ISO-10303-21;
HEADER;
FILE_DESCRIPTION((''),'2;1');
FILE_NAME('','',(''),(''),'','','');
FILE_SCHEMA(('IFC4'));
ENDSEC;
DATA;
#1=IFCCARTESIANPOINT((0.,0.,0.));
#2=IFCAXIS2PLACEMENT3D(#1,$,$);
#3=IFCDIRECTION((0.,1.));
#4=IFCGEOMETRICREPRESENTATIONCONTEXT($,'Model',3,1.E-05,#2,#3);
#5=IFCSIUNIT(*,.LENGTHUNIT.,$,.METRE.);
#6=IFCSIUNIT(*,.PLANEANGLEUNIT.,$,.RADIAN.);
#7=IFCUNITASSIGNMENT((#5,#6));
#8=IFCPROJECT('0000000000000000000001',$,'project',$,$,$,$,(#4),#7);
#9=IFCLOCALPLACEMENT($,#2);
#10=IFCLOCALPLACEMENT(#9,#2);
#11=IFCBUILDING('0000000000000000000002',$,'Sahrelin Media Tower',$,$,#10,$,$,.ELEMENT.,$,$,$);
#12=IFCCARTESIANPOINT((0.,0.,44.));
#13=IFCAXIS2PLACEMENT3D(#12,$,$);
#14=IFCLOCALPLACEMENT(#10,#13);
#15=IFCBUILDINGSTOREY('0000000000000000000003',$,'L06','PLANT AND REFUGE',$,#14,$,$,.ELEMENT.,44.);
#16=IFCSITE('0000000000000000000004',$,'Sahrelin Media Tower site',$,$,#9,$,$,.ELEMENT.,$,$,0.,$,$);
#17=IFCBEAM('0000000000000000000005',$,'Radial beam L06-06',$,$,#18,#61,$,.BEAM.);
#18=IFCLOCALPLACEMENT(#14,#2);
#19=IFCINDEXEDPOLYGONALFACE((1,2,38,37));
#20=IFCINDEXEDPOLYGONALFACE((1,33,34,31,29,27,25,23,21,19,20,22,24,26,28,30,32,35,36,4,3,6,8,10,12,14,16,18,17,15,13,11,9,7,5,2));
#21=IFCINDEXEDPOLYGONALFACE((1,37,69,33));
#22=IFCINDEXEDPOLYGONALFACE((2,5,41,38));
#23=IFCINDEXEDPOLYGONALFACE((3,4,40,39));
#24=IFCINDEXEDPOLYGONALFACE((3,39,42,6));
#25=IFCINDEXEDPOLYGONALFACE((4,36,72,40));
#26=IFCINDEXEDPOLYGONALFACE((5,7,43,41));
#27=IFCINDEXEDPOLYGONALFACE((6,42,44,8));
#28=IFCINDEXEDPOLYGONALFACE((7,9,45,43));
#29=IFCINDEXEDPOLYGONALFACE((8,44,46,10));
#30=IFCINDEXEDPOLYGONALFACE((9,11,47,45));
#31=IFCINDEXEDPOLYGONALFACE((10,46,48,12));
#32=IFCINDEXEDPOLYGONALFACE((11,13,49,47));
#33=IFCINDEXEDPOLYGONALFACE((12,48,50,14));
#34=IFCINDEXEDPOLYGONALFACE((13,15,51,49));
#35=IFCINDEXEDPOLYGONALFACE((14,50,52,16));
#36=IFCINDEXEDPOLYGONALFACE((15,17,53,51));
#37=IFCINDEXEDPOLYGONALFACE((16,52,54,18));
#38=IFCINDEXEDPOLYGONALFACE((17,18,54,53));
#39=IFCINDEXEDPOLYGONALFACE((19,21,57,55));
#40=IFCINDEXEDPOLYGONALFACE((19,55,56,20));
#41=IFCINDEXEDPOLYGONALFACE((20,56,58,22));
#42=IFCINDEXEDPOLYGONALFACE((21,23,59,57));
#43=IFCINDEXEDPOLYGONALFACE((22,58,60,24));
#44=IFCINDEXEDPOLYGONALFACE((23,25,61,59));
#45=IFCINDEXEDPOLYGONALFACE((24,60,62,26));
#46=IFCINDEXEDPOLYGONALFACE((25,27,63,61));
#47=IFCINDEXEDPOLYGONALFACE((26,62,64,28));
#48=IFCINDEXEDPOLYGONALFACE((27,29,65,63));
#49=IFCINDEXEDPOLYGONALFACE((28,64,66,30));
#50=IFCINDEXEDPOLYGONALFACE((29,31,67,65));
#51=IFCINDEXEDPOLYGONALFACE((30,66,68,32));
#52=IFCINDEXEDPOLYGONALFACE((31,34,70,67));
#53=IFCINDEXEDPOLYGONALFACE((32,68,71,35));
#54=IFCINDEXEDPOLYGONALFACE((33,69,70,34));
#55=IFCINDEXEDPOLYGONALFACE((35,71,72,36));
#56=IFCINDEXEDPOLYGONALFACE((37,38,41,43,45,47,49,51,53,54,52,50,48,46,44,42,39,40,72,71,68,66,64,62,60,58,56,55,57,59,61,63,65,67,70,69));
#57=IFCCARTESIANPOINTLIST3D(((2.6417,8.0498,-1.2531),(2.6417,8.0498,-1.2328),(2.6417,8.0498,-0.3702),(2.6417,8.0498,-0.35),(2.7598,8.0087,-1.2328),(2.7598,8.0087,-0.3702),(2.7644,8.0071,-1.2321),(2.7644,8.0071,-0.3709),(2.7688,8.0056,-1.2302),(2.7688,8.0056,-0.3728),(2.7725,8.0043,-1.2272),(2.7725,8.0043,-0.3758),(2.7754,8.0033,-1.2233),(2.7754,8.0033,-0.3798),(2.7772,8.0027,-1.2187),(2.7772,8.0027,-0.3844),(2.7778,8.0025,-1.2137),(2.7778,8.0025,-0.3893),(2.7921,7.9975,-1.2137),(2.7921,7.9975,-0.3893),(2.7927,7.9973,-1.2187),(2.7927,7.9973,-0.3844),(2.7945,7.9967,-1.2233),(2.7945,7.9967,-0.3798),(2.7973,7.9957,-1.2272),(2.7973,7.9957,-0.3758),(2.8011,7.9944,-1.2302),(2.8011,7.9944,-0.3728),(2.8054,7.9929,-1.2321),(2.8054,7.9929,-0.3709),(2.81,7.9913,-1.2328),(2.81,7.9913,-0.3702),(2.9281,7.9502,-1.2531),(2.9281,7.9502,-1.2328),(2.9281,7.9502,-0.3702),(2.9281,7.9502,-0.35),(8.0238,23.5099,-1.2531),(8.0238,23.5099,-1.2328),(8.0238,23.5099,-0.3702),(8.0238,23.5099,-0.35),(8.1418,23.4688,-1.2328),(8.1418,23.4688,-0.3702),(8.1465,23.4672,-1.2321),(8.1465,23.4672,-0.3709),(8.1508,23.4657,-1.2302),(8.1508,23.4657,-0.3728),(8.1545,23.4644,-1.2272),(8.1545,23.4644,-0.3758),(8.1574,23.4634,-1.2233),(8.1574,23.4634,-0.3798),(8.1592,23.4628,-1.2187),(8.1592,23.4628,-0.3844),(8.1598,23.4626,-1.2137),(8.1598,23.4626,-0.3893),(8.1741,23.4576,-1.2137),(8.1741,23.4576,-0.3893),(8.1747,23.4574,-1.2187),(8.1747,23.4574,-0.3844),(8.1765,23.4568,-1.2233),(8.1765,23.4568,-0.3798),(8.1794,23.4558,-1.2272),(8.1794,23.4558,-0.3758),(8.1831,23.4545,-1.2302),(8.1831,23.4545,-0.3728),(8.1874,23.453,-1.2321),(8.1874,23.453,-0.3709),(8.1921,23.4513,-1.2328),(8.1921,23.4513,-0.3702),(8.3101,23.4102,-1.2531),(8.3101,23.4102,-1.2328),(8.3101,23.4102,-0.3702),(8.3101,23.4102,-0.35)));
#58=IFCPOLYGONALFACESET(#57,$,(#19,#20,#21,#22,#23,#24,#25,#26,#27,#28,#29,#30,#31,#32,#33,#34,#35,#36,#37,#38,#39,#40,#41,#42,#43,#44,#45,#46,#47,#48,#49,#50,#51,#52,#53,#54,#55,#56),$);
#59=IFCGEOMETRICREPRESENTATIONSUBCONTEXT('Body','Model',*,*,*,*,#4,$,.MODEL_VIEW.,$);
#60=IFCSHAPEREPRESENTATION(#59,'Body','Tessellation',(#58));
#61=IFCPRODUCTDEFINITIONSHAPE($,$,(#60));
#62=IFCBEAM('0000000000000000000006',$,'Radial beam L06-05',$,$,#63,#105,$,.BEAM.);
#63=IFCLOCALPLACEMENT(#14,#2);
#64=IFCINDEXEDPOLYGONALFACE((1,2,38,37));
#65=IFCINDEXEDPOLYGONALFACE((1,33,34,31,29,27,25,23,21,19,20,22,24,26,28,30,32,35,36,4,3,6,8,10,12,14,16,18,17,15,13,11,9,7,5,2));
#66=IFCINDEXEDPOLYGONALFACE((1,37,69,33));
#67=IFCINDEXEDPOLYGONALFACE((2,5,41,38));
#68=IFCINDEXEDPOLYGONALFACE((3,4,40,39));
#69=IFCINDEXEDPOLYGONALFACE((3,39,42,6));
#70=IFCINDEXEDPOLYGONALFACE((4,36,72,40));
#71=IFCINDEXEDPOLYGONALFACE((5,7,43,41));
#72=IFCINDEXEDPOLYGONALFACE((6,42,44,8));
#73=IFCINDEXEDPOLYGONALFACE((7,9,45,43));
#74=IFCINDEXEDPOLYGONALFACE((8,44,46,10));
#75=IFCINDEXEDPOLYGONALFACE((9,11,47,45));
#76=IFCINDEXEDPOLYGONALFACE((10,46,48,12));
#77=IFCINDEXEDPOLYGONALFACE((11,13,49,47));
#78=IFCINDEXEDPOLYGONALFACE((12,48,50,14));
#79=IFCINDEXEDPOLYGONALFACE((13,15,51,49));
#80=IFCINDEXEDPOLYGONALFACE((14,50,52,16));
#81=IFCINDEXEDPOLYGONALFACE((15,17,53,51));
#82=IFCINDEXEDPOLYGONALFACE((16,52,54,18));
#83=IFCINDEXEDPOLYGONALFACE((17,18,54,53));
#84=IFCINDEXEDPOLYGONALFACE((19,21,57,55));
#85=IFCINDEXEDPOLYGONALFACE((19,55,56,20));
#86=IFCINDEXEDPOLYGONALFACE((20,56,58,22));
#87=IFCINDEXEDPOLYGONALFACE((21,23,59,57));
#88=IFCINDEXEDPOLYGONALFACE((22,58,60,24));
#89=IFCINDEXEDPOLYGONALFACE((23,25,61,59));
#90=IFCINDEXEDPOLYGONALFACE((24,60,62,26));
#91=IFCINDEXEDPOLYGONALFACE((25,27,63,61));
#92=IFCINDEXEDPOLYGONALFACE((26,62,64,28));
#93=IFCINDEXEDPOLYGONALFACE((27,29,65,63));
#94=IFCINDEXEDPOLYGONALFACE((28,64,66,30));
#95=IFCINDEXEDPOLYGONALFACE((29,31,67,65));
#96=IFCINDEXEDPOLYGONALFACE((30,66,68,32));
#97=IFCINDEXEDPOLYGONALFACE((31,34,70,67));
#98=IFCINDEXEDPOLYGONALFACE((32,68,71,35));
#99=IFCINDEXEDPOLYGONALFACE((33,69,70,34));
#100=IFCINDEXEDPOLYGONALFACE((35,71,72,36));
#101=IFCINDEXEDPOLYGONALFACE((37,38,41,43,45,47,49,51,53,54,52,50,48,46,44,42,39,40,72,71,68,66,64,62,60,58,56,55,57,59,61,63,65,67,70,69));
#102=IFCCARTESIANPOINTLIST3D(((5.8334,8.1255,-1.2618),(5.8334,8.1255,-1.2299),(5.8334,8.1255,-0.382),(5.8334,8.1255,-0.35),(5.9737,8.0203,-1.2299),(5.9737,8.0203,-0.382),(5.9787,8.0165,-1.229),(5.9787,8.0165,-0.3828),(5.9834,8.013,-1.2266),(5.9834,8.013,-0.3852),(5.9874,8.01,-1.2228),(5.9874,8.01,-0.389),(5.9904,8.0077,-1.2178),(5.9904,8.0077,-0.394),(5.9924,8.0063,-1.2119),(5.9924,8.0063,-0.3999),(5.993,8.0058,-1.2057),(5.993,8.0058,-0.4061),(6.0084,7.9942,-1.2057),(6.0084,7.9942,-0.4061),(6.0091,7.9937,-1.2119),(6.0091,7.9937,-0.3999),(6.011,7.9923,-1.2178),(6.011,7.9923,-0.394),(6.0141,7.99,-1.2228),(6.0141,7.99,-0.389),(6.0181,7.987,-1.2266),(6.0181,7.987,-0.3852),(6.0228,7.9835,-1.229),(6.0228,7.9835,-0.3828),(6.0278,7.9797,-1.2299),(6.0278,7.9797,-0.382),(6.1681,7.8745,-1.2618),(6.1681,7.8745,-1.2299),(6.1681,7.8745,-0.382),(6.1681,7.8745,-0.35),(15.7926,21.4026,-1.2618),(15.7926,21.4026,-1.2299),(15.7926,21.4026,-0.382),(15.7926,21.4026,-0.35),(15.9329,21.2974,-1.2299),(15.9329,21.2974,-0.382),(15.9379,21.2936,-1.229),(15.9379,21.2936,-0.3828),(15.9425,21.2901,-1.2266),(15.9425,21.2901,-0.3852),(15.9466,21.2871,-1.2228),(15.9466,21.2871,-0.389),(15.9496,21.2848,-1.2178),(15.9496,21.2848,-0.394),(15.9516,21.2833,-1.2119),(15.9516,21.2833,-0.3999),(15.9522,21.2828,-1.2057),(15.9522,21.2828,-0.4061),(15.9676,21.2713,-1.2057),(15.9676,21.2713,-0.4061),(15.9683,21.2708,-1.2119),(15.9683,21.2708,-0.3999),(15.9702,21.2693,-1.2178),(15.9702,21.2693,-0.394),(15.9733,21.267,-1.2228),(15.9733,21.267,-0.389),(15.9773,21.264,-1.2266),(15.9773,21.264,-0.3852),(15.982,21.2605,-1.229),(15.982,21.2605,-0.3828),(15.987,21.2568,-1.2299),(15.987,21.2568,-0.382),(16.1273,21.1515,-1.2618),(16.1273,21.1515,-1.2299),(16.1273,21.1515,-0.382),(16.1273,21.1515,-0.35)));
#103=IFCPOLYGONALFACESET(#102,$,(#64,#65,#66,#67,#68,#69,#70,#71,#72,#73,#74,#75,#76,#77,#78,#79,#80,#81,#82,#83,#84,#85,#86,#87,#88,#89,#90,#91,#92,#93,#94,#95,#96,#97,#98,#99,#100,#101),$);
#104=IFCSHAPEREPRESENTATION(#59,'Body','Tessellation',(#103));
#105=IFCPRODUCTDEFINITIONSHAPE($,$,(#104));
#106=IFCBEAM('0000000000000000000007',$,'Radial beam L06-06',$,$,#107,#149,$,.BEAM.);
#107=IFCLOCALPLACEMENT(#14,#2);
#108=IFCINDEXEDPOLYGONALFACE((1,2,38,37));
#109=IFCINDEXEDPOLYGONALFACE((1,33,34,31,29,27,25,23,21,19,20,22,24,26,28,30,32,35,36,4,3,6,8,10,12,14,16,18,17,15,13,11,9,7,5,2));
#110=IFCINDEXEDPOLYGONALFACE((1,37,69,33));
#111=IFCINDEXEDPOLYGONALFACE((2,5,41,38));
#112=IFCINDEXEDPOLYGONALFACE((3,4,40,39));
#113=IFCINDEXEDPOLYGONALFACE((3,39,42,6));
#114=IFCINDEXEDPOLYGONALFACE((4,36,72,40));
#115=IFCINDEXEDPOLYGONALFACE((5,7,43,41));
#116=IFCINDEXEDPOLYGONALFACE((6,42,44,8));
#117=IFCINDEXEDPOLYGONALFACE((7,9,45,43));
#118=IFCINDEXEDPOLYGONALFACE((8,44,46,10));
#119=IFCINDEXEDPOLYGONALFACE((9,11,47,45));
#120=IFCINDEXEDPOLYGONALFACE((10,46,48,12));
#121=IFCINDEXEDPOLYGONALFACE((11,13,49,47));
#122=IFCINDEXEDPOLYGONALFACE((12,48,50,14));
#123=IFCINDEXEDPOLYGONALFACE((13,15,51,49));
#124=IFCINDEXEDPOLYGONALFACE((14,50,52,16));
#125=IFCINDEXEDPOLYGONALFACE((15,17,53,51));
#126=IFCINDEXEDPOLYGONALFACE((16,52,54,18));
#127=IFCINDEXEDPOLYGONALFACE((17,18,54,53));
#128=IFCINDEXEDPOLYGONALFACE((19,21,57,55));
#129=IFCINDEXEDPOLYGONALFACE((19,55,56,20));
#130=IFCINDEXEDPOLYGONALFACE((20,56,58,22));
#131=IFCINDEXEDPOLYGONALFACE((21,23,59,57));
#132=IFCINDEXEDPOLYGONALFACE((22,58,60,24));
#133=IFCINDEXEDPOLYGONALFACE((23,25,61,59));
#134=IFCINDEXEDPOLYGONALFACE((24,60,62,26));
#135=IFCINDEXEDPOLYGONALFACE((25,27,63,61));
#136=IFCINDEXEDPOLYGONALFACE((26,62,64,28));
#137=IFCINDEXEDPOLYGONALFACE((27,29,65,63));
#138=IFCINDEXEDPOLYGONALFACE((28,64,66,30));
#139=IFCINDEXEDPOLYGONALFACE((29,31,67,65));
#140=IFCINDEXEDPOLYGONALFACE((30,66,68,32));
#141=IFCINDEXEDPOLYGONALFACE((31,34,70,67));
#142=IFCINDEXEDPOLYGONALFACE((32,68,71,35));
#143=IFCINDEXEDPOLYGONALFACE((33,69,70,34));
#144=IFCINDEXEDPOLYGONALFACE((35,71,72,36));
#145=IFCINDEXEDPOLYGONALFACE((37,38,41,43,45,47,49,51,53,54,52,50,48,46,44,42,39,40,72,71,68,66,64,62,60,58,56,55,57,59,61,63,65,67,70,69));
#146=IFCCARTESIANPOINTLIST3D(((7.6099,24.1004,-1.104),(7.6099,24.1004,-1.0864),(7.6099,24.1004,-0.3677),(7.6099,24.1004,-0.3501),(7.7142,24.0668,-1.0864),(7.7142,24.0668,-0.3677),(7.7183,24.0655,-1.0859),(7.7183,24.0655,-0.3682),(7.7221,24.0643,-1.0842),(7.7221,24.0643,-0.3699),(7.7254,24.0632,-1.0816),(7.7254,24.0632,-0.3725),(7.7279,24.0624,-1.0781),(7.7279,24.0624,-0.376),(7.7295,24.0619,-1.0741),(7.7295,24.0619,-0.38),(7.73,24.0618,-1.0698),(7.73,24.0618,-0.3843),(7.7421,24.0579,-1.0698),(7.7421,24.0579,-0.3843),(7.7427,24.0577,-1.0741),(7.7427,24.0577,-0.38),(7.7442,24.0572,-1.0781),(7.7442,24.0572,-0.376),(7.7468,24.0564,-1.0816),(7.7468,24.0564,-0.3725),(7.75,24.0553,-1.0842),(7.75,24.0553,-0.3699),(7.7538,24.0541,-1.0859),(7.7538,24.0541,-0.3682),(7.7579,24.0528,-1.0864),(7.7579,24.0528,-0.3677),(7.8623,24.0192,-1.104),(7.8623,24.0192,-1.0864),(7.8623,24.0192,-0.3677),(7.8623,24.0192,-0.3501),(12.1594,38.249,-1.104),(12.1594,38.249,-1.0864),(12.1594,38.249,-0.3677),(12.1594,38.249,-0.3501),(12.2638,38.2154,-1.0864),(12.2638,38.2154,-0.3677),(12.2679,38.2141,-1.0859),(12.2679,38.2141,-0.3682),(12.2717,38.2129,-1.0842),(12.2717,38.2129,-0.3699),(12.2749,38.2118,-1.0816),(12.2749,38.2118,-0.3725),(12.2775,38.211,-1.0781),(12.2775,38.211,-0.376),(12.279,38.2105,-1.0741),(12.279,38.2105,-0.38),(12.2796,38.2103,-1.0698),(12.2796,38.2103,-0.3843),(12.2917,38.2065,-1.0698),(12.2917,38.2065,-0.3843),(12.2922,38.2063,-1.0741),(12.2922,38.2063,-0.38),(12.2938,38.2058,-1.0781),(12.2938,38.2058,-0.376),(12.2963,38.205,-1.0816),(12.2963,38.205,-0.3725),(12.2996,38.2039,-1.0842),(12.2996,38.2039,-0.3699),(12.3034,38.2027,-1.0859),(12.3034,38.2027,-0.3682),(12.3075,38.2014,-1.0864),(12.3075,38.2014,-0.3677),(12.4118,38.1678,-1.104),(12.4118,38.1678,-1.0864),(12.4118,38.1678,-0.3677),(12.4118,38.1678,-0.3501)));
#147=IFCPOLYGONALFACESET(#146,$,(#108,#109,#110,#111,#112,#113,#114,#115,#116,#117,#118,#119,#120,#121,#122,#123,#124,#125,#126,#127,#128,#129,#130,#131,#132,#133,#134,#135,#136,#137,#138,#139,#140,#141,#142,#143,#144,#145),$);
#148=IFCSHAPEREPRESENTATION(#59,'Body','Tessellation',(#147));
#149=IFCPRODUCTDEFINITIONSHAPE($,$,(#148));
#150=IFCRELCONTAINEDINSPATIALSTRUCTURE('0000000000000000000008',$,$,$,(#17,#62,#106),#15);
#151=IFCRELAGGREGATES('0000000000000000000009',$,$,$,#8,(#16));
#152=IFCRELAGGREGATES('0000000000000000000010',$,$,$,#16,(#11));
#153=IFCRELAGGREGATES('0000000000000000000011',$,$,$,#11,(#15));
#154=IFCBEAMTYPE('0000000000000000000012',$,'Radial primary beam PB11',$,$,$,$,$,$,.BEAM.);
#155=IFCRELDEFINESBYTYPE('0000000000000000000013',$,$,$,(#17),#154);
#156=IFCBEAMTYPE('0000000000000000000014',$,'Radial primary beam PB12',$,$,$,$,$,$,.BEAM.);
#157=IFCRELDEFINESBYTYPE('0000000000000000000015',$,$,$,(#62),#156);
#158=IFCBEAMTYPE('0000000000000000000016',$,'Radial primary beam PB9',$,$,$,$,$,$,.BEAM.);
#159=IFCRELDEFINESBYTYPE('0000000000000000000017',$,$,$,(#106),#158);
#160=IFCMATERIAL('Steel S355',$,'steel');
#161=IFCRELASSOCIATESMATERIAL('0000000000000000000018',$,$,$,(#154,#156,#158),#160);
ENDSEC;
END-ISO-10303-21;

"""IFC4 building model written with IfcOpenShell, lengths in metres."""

from ifc_helpers import new_model, si_unit, direction, frame, origin, origin_2d, place, context, subcontext, project, spatial, i_section, extrude, material, material_profile, profile_set, type_object, element, save


model = new_model("IFC4")

# Units and contexts
model_context = context("Model", 3, precision=1e-05, world=origin(), true_north=direction((0.0, 1.0)))
body_context = subcontext(model_context, "Body", "Model", "MODEL_VIEW")
ifc_project = project(units=[si_unit("LENGTHUNIT", "METRE"), si_unit("PLANEANGLEUNIT", "RADIAN")], contexts=[model_context])

# Site, building, storey
site_placement = place(None, origin())
site = spatial("IfcSite", under=ifc_project, at=site_placement, Name="Sahrelin Media Tower site", CompositionType="ELEMENT", RefElevation=0.0)
building_placement = place(site_placement, origin())
building = spatial("IfcBuilding", under=site, at=building_placement, Name="Sahrelin Media Tower", CompositionType="ELEMENT")
storey_placement = place(building_placement, frame((0.0, 0.0, 44.0)))
storey = spatial("IfcBuildingStorey", under=building, at=storey_placement, Name="L06", Description="PLANT AND REFUGE", CompositionType="ELEMENT", Elevation=44.0)

# Beams
ifc_material_1 = material(Name="Steel S355", Category="steel")
ifc_material_profile_1 = material_profile(ifc_material_1, i_section(OverallWidth=0.3032, OverallDepth=0.9031, WebThickness=0.0151, FlangeThickness=0.0203, FilletRadius=0.019, at=origin_2d()), Name="UB 914x305x201")
ifc_profile_set_1 = profile_set([ifc_material_profile_1], Name="Steel S355")
beam_type_1 = type_object("IfcBeamType", Name="Radial primary beam PB11", PredefinedType="BEAM", material=ifc_profile_set_1)
beam_1_placement = place(storey_placement, frame((2.7849, 8.0, -0.8015), z_axis=(0.328772, 0.944409, 0.0), x_axis=(-0.944409, 0.328772, 0.0)))
element("IfcBeam", 1, at=beam_1_placement, inside=storey, type_object=beam_type_1, Name="Radial beam L06-06", PredefinedType="BEAM", context=body_context, shape_type="SweptSolid", body=[
    extrude(i_section(OverallWidth=0.3032, OverallDepth=0.9031, WebThickness=0.0151, FlangeThickness=0.0203, FilletRadius=0.019, at=origin_2d()), origin(), (0.0, 0.0, 1.0), 16.3701),
])
ifc_material_profile_2 = material_profile(ifc_material_1, i_section(OverallWidth=0.4185, OverallDepth=0.9119, WebThickness=0.0193, FlangeThickness=0.032, FilletRadius=0.0242, at=origin_2d()), Name="UB 914x419x343")
ifc_profile_set_2 = profile_set([ifc_material_profile_2], Name="Steel S355")
beam_type_2 = type_object("IfcBeamType", Name="Radial primary beam PB12", PredefinedType="BEAM", material=ifc_profile_set_2)
beam_2_placement = place(storey_placement, frame((6.0007, 8.0, -0.8059), z_axis=(0.600054, 0.799959, 0.0), x_axis=(-0.799959, 0.600054, 0.0)))
element("IfcBeam", 2, at=beam_2_placement, inside=storey, type_object=beam_type_2, Name="Radial beam L06-05", PredefinedType="BEAM", context=body_context, shape_type="SweptSolid", body=[
    extrude(i_section(OverallWidth=0.4185, OverallDepth=0.9119, WebThickness=0.0193, FlangeThickness=0.032, FilletRadius=0.0242, at=origin_2d()), origin(), (0.0, 0.0, 1.0), 16.5972),
])
ifc_material_profile_3 = material_profile(ifc_material_1, i_section(OverallWidth=0.2651, OverallDepth=0.7539, WebThickness=0.0127, FlangeThickness=0.0176, FilletRadius=0.0166, at=origin_2d()), Name="UB 762x267x147")
ifc_profile_set_3 = profile_set([ifc_material_profile_3], Name="Steel S355")
beam_type_3 = type_object("IfcBeamType", Name="Radial primary beam PB9", PredefinedType="BEAM", material=ifc_profile_set_3)
beam_3_placement = place(storey_placement, frame((7.7361, 24.0598, -0.7271), z_axis=(0.306117, 0.951994, 0.0), x_axis=(-0.951994, 0.306117, 0.0)))
element("IfcBeam", 3, at=beam_3_placement, inside=storey, type_object=beam_type_3, Name="Radial beam L06-06", PredefinedType="BEAM", context=body_context, shape_type="SweptSolid", body=[
    extrude(i_section(OverallWidth=0.2651, OverallDepth=0.7539, WebThickness=0.0127, FlangeThickness=0.0176, FilletRadius=0.0166, at=origin_2d()), origin(), (0.0, 0.0, 1.0), 14.8621),
])

save(model, "model.ifc")
